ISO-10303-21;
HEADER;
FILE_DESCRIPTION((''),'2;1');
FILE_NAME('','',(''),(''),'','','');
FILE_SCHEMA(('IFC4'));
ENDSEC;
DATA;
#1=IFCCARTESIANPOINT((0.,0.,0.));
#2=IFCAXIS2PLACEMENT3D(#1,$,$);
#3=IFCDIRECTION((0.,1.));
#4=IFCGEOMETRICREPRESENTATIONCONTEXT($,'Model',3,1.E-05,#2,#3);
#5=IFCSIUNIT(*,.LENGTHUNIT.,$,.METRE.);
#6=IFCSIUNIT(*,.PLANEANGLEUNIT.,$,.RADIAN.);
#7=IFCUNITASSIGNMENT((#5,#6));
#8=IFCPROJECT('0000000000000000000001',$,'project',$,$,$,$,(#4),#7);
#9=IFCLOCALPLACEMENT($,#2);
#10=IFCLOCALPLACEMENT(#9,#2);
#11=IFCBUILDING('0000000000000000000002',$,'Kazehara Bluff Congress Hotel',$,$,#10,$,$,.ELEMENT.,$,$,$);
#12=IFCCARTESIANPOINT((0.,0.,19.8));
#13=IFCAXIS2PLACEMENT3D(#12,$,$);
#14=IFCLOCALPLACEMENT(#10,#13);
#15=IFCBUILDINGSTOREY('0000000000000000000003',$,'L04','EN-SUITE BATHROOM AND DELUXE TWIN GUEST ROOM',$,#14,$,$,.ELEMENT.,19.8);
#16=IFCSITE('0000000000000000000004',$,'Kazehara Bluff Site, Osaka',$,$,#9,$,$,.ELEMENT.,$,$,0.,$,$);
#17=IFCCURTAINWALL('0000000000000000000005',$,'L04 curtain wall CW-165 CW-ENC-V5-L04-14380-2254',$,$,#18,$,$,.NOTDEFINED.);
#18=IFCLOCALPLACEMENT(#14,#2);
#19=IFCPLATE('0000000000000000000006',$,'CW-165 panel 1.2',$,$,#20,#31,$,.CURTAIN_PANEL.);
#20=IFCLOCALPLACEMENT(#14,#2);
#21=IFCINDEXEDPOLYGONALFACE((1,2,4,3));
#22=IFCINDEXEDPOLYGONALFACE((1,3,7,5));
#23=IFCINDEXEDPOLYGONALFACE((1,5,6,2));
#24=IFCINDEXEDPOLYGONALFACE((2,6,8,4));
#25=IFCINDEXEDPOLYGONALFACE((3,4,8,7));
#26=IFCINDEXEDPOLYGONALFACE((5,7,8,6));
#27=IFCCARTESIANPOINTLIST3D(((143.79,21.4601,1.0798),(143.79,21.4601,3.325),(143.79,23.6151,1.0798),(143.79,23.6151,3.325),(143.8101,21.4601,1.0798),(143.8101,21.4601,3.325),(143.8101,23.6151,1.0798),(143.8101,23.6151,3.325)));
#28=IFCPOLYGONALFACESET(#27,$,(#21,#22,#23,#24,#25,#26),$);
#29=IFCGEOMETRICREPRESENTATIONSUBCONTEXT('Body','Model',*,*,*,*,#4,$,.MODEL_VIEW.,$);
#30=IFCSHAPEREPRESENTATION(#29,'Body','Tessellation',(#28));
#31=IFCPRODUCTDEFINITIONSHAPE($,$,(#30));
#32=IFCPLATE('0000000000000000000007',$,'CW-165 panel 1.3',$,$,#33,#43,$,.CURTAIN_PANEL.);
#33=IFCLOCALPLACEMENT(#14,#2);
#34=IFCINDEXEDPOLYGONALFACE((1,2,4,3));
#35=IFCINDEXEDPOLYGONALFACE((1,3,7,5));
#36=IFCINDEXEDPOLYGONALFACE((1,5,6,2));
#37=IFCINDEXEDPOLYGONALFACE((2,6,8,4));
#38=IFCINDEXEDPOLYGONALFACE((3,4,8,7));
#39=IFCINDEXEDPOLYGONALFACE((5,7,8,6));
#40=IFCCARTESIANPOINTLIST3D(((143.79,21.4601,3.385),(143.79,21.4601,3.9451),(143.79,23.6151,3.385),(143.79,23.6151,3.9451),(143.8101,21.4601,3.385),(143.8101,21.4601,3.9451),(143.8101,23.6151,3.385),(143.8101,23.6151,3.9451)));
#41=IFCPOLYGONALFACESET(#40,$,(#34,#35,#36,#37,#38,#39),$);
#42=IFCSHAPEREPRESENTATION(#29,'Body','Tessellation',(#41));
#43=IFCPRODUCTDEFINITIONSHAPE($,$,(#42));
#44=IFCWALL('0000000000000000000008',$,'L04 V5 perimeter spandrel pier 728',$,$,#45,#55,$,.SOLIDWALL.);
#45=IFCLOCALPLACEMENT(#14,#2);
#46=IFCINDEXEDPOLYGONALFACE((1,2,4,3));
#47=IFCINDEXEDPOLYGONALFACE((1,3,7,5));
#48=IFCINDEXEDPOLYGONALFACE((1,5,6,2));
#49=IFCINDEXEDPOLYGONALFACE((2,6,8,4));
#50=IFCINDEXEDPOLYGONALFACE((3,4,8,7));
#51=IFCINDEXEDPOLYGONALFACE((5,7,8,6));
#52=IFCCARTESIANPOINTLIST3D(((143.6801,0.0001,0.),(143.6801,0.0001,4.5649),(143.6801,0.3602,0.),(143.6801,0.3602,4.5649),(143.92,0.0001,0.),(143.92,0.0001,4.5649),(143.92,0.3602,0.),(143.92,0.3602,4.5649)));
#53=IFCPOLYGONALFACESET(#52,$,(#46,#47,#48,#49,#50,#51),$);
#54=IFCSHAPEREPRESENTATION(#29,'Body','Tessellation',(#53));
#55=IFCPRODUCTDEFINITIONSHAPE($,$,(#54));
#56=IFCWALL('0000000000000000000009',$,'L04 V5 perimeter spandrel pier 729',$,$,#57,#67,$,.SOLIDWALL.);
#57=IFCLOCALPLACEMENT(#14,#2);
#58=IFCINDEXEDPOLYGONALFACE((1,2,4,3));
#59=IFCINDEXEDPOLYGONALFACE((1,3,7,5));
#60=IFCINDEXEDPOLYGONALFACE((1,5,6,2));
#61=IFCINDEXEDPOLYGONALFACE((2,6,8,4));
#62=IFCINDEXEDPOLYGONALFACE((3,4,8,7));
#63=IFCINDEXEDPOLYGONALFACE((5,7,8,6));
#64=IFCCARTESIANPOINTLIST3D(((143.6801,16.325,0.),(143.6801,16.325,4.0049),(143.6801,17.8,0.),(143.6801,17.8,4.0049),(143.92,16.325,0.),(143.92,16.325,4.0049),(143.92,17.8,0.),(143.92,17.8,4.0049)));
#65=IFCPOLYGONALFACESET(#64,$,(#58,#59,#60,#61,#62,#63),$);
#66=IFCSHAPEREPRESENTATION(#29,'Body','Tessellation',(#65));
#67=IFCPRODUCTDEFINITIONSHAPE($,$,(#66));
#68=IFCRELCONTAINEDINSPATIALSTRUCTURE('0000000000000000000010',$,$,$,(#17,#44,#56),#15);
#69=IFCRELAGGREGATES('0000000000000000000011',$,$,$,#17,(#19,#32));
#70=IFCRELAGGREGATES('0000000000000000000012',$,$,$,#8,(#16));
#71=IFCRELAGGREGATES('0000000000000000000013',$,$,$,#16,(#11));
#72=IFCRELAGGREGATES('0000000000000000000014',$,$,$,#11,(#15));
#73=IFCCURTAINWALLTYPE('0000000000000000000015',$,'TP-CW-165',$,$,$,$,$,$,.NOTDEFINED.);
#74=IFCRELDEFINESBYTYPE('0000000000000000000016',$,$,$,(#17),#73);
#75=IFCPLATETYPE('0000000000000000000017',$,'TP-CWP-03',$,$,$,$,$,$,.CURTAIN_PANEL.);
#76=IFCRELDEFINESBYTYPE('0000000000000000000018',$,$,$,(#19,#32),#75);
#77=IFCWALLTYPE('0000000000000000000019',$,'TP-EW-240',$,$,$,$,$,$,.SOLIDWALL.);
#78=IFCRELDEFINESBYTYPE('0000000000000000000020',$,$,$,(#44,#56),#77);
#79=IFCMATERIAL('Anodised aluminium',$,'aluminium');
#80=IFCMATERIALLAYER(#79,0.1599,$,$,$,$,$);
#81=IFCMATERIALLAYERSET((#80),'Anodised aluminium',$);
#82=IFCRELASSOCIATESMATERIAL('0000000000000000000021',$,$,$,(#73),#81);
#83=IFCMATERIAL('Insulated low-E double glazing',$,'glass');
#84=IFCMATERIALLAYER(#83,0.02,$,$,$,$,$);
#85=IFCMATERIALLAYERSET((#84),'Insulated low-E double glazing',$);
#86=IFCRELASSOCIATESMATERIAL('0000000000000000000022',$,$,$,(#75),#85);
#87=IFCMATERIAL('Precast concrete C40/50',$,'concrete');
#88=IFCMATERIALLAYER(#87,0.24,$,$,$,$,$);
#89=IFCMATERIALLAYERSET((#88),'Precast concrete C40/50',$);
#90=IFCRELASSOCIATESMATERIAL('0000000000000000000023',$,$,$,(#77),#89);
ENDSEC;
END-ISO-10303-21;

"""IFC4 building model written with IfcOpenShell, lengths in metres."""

from ifc_helpers import new_model, si_unit, direction, frame, frame_2d, origin, origin_2d, place, context, subcontext, project, spatial, rectangle, extrude, material, layer, layer_set, type_object, element, aggregate, save


model = new_model("IFC4")

# Units and contexts
model_context = context("Model", 3, precision=1e-05, world=origin(), true_north=direction((0.0, 1.0)))
body_context = subcontext(model_context, "Body", "Model", "MODEL_VIEW")
ifc_project = project(units=[si_unit("LENGTHUNIT", "METRE"), si_unit("PLANEANGLEUNIT", "RADIAN")], contexts=[model_context])

# Site, building, storey
site_placement = place(None, origin())
site = spatial("IfcSite", under=ifc_project, at=site_placement, Name="Kazehara Bluff Site, Osaka", CompositionType="ELEMENT", RefElevation=0.0)
building_placement = place(site_placement, origin())
building = spatial("IfcBuilding", under=site, at=building_placement, Name="Kazehara Bluff Congress Hotel", CompositionType="ELEMENT")
storey_placement = place(building_placement, frame((0.0, 0.0, 19.8)))
storey = spatial("IfcBuildingStorey", under=building, at=storey_placement, Name="L04", Description="EN-SUITE BATHROOM AND DELUXE TWIN GUEST ROOM", CompositionType="ELEMENT", Elevation=19.8)

# Curtain wall
ifc_material_1 = material(Name="Anodised aluminium", Category="aluminium")
ifc_layer_1 = layer(ifc_material_1, 0.1599)
ifc_layer_set_1 = layer_set([ifc_layer_1], Name="Anodised aluminium")
curtain_wall_type_1 = type_object("IfcCurtainWallType", Name="TP-CW-165", PredefinedType="NOTDEFINED", material=ifc_layer_set_1)
curtain_wall_1_placement = place(storey_placement, origin())
curtain_wall_1 = element("IfcCurtainWall", 1, at=curtain_wall_1_placement, inside=storey, type_object=curtain_wall_type_1, Name="L04 curtain wall CW-165 CW-ENC-V5-L04-14380-2254", PredefinedType="NOTDEFINED")

# Plates
ifc_material_2 = material(Name="Insulated low-E double glazing", Category="glass")
ifc_layer_2 = layer(ifc_material_2, 0.02)
ifc_layer_set_2 = layer_set([ifc_layer_2], Name="Insulated low-E double glazing")
plate_type = type_object("IfcPlateType", Name="TP-CWP-03", PredefinedType="CURTAIN_PANEL", material=ifc_layer_set_2)
plate_1_placement = place(storey_placement, frame((143.8, 22.5376, 1.0798), z_axis=(0.0, 0.0, 1.0), x_axis=(0.0, 1.0, 0.0)))
plate_1 = element("IfcPlate", 2, at=plate_1_placement, type_object=plate_type, Name="CW-165 panel 1.2", PredefinedType="CURTAIN_PANEL", context=body_context, shape_type="SweptSolid", body=[
    extrude(rectangle(XDim=2.155, YDim=0.02, at=origin_2d()), origin(), (0.0, 0.0, 1.0), 2.2451),
])
plate_2_placement = place(storey_placement, frame((143.8, 22.5376, 3.385), z_axis=(0.0, 0.0, 1.0), x_axis=(0.0, 1.0, 0.0)))
plate_2 = element("IfcPlate", 3, at=plate_2_placement, type_object=plate_type, Name="CW-165 panel 1.3", PredefinedType="CURTAIN_PANEL", context=body_context, shape_type="SweptSolid", body=[
    extrude(rectangle(XDim=2.155, YDim=0.02, at=origin_2d()), origin(), (0.0, 0.0, 1.0), 0.5601),
])
aggregate(curtain_wall_1, [plate_1, plate_2])

# Walls
ifc_material_3 = material(Name="Precast concrete C40/50", Category="concrete")
ifc_layer_3 = layer(ifc_material_3, 0.24)
ifc_layer_set_3 = layer_set([ifc_layer_3], Name="Precast concrete C40/50")
wall_type = type_object("IfcWallType", Name="TP-EW-240", PredefinedType="SOLIDWALL", material=ifc_layer_set_3)
wall_1_placement = place(storey_placement, frame((143.8, 0.0, 0.0), z_axis=(0.0, 0.0, 1.0), x_axis=(0.0, 1.0, 0.0)))
element("IfcWall", 4, at=wall_1_placement, inside=storey, type_object=wall_type, Name="L04 V5 perimeter spandrel pier 728", PredefinedType="SOLIDWALL", context=body_context, shape_type="SweptSolid", body=[
    extrude(rectangle(XDim=0.3601, YDim=0.24, at=frame_2d((0.1802, 0.0))), origin(), (0.0, 0.0, 1.0), 4.5649),
])
wall_2_placement = place(storey_placement, frame((143.8, 16.325, 0.0), z_axis=(0.0, 0.0, 1.0), x_axis=(0.0, 1.0, 0.0)))
element("IfcWall", 5, at=wall_2_placement, inside=storey, type_object=wall_type, Name="L04 V5 perimeter spandrel pier 729", PredefinedType="SOLIDWALL", context=body_context, shape_type="SweptSolid", body=[
    extrude(rectangle(XDim=1.4751, YDim=0.24, at=frame_2d((0.7375, 0.0))), origin(), (0.0, 0.0, 1.0), 4.0049),
])

save(model, "model.ifc")
